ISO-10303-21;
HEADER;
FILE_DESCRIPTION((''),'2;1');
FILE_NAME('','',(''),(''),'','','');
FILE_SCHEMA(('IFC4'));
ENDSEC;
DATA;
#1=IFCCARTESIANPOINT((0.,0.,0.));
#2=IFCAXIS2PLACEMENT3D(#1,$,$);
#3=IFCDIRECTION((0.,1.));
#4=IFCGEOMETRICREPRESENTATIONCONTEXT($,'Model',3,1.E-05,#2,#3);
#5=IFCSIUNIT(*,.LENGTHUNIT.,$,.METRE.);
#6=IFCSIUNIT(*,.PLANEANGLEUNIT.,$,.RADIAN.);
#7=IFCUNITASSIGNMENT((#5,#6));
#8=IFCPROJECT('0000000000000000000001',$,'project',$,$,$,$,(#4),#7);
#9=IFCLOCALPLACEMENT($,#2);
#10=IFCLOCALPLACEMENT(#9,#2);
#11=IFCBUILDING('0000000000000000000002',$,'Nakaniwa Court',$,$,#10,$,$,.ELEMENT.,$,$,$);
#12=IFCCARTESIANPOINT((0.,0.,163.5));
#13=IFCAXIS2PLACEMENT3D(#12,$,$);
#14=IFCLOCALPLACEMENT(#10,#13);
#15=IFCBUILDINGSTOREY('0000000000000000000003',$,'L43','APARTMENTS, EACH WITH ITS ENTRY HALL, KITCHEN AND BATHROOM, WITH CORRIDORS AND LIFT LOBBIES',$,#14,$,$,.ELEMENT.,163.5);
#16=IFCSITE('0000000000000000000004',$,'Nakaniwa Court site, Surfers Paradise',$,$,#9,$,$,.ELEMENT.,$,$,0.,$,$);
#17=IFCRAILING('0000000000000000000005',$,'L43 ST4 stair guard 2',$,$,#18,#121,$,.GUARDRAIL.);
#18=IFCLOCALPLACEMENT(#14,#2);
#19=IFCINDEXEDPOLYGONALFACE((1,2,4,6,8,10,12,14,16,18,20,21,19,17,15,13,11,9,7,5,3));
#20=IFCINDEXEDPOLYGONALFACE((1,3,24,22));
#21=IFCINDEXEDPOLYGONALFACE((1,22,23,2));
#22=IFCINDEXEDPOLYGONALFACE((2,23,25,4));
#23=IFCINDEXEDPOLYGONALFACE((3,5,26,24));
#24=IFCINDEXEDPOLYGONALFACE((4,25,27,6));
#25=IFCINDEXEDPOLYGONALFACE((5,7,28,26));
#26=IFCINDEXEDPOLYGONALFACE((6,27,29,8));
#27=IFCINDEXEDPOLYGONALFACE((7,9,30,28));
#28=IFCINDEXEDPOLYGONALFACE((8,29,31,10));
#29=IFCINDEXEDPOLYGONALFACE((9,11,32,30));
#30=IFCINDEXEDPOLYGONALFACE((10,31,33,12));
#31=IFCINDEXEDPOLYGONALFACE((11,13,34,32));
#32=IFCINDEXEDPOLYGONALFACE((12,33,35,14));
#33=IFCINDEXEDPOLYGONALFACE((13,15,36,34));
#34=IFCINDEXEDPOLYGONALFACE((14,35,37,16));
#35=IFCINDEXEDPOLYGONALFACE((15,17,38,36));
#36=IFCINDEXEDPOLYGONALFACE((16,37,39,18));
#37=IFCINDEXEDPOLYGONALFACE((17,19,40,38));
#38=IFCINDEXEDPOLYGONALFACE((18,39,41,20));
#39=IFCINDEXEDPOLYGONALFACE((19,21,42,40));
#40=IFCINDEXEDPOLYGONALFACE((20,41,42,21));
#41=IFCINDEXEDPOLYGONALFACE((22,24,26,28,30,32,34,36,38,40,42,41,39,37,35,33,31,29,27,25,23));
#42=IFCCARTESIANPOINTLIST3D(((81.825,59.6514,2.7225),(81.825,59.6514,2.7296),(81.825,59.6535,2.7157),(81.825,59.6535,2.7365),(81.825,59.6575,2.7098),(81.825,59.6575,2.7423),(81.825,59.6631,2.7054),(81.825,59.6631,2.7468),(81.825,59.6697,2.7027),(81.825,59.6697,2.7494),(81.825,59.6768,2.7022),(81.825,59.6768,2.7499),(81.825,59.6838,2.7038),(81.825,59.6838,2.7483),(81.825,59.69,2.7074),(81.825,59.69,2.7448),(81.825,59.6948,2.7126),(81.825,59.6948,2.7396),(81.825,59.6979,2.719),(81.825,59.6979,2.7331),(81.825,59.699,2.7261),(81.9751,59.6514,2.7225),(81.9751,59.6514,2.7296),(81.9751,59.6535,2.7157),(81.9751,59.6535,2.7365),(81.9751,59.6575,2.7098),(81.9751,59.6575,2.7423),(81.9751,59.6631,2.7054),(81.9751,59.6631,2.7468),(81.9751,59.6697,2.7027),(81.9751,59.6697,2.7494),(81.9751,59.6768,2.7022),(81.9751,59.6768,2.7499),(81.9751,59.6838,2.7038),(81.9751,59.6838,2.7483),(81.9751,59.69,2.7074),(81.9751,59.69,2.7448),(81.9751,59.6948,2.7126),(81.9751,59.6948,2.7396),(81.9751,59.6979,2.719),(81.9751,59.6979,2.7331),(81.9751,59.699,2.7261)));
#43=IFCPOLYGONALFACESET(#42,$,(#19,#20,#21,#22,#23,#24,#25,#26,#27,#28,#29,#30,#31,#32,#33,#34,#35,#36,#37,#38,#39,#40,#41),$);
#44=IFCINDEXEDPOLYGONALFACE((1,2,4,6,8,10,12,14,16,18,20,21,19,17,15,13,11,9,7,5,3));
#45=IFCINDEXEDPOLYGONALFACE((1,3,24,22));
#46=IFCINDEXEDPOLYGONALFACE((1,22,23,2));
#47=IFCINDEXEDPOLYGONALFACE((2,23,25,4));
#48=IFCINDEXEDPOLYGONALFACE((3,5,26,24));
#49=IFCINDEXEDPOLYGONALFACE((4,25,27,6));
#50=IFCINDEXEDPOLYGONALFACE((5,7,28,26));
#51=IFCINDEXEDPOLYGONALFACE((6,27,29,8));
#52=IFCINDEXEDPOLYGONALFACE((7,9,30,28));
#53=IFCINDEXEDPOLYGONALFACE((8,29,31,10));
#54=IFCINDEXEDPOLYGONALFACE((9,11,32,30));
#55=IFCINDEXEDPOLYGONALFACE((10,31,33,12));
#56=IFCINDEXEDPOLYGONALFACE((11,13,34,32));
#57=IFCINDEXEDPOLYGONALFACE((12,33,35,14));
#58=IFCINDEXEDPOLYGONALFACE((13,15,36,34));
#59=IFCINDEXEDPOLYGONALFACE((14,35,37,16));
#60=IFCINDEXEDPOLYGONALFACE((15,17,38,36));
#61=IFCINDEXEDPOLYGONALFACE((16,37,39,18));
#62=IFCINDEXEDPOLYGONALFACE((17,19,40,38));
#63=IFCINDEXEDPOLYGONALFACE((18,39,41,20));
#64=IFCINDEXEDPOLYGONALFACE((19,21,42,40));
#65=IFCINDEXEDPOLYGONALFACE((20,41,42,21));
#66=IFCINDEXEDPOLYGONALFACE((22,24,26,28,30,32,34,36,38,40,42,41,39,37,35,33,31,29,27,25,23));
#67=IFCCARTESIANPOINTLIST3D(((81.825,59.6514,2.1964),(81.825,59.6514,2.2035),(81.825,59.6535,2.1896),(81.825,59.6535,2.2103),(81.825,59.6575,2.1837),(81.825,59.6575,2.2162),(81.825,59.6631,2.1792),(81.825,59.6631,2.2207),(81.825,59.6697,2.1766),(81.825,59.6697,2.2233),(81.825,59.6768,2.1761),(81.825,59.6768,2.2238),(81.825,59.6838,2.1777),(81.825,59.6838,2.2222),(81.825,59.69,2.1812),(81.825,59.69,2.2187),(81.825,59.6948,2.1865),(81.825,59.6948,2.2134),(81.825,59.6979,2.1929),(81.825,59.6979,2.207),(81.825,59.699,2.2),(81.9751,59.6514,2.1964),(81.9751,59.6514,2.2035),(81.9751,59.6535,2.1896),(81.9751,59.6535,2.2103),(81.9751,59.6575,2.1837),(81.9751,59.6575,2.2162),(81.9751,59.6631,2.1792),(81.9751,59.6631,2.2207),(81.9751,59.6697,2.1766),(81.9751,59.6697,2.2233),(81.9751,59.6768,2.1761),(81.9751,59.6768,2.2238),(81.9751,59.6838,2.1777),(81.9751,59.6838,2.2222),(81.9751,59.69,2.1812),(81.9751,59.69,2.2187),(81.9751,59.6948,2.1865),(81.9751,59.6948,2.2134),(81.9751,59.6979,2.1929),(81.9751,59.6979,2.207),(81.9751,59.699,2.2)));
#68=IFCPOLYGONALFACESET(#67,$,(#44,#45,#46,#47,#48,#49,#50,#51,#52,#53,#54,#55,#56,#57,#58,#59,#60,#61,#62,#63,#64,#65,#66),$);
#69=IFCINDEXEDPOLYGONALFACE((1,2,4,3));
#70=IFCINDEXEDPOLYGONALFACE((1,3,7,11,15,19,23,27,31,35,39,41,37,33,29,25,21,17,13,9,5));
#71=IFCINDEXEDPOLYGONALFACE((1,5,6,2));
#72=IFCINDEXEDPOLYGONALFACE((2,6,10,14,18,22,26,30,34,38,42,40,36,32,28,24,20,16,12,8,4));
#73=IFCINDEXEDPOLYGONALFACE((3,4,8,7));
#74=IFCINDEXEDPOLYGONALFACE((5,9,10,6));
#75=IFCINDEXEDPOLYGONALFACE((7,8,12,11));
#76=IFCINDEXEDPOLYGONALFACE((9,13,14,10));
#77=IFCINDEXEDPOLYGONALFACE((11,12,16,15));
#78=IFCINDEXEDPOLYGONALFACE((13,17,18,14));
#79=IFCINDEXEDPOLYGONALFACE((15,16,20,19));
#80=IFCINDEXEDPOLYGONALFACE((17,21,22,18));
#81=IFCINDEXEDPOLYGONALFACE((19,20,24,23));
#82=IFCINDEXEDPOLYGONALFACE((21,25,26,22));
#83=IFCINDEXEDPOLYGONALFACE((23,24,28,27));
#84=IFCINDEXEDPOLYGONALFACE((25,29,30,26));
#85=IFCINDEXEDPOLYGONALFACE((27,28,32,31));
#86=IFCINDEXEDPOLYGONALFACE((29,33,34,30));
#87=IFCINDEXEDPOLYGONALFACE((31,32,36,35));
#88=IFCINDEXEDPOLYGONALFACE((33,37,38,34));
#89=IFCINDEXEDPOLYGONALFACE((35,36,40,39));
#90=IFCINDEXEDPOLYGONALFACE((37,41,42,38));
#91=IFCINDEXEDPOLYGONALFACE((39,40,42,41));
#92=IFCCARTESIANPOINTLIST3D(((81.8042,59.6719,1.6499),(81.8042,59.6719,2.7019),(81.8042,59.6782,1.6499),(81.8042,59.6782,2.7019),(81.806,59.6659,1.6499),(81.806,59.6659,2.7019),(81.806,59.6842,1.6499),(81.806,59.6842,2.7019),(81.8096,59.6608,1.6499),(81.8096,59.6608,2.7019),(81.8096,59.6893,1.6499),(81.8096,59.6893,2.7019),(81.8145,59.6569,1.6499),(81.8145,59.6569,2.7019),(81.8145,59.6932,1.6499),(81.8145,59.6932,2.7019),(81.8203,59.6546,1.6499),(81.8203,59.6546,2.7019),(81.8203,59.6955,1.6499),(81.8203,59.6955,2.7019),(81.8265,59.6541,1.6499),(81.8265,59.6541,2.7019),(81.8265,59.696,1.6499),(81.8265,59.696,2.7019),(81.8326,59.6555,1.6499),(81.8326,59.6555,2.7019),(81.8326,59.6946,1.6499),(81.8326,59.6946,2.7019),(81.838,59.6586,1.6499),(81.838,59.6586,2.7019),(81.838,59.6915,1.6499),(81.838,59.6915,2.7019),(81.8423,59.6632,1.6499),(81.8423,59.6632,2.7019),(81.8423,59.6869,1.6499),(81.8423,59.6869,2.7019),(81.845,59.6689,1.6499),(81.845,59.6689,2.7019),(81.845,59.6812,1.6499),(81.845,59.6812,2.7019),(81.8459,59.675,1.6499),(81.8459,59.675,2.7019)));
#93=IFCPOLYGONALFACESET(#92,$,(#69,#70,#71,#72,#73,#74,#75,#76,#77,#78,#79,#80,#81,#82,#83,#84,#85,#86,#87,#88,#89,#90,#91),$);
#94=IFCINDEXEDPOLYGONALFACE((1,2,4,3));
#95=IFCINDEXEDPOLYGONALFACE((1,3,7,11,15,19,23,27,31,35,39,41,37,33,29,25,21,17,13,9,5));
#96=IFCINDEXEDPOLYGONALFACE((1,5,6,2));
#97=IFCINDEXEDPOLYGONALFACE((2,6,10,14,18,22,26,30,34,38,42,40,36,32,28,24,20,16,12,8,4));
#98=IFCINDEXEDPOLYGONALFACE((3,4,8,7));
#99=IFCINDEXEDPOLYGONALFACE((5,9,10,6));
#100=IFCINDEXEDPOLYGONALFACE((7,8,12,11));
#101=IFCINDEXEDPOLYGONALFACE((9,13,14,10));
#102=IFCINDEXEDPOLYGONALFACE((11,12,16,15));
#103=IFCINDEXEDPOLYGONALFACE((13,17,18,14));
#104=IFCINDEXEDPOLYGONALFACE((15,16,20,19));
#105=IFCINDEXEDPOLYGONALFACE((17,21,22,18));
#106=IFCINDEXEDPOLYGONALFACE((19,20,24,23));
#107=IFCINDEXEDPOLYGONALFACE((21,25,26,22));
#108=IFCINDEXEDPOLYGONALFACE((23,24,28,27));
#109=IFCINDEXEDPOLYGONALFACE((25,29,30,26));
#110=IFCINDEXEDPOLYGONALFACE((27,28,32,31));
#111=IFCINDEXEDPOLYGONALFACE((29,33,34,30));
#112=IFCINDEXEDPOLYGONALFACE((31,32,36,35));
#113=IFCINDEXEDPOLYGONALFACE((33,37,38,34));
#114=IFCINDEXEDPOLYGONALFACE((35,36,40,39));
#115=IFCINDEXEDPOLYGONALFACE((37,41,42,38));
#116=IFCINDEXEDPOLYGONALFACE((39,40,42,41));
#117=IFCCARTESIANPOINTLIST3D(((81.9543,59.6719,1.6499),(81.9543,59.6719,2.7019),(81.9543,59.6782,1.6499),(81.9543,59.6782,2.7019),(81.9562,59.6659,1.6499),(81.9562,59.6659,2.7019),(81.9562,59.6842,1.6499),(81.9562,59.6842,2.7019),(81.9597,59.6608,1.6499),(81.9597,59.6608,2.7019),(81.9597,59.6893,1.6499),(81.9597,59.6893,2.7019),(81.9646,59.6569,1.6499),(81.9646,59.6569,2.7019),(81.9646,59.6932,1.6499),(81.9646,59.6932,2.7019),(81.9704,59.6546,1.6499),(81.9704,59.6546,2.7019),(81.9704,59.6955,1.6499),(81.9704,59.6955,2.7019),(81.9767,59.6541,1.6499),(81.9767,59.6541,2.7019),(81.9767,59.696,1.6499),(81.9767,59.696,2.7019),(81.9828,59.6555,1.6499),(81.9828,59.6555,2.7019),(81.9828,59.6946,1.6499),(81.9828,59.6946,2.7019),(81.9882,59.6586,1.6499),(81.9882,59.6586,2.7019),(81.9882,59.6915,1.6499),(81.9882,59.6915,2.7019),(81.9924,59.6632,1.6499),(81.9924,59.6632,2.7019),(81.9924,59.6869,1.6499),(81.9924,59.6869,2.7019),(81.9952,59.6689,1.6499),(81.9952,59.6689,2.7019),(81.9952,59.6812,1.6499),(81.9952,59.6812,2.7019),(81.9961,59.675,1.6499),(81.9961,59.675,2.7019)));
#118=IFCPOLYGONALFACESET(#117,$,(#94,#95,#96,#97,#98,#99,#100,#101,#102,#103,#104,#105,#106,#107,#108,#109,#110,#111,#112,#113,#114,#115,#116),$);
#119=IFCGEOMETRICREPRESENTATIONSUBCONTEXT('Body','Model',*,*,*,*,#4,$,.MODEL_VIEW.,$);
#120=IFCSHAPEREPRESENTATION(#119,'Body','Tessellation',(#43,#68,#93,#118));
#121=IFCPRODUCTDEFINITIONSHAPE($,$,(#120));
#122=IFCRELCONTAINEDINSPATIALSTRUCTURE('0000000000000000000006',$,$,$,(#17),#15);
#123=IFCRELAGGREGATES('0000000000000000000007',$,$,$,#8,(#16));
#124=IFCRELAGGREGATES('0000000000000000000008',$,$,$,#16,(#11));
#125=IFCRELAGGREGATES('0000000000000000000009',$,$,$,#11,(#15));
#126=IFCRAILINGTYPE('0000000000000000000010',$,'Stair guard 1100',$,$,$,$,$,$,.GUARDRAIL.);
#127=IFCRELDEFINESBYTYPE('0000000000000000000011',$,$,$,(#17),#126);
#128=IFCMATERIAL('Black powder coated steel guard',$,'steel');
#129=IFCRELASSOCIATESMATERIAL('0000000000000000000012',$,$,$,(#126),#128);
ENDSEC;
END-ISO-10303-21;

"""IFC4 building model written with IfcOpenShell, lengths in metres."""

from ifc_helpers import new_model, si_unit, direction, frame, origin, origin_2d, place, context, subcontext, project, spatial, circle, extrude, material, type_object, element, save


model = new_model("IFC4")

# Units and contexts
model_context = context("Model", 3, precision=1e-05, world=origin(), true_north=direction((0.0, 1.0)))
body_context = subcontext(model_context, "Body", "Model", "MODEL_VIEW")
ifc_project = project(units=[si_unit("LENGTHUNIT", "METRE"), si_unit("PLANEANGLEUNIT", "RADIAN")], contexts=[model_context])

# Site, building, storey
site_placement = place(None, origin())
site = spatial("IfcSite", under=ifc_project, at=site_placement, Name="Nakaniwa Court site, Surfers Paradise", CompositionType="ELEMENT", RefElevation=0.0)
building_placement = place(site_placement, origin())
building = spatial("IfcBuilding", under=site, at=building_placement, Name="Nakaniwa Court", CompositionType="ELEMENT")
storey_placement = place(building_placement, frame((0.0, 0.0, 163.5)))
storey = spatial("IfcBuildingStorey", under=building, at=storey_placement, Name="L43", Description="APARTMENTS, EACH WITH ITS ENTRY HALL, KITCHEN AND BATHROOM, WITH CORRIDORS AND LIFT LOBBIES", CompositionType="ELEMENT", Elevation=163.5)

# Railing
ifc_material_1 = material(Name="Black powder coated steel guard", Category="steel")
railing_type_1 = type_object("IfcRailingType", Name="Stair guard 1100", PredefinedType="GUARDRAIL", material=ifc_material_1)
railing_1_placement = place(storey_placement, frame((81.825, 59.675, 1.6499)))
element("IfcRailing", 1, at=railing_1_placement, inside=storey, type_object=railing_type_1, Name="L43 ST4 stair guard 2", PredefinedType="GUARDRAIL", context=body_context, shape_type="SweptSolid", body=[
    extrude(circle(Radius=0.0239, at=origin_2d()), frame((0.0, 0.0, 1.0762), z_axis=(1.0, 0.0, 0.0), x_axis=(0.0, 1.0, 0.0)), (0.0, 0.0, 1.0), 0.1501),
    extrude(circle(Radius=0.0239, at=origin_2d()), frame((0.0, 0.0, 0.55), z_axis=(1.0, 0.0, 0.0), x_axis=(0.0, 1.0, 0.0)), (0.0, 0.0, 1.0), 0.1501),
    extrude(circle(Radius=0.021, at=origin_2d()), origin(), (0.0, 0.0, 1.0), 1.052),
    extrude(circle(Radius=0.021, at=origin_2d()), frame((0.1501, 0.0, 0.0)), (0.0, 0.0, 1.0), 1.052),
])

save(model, "model.ifc")
